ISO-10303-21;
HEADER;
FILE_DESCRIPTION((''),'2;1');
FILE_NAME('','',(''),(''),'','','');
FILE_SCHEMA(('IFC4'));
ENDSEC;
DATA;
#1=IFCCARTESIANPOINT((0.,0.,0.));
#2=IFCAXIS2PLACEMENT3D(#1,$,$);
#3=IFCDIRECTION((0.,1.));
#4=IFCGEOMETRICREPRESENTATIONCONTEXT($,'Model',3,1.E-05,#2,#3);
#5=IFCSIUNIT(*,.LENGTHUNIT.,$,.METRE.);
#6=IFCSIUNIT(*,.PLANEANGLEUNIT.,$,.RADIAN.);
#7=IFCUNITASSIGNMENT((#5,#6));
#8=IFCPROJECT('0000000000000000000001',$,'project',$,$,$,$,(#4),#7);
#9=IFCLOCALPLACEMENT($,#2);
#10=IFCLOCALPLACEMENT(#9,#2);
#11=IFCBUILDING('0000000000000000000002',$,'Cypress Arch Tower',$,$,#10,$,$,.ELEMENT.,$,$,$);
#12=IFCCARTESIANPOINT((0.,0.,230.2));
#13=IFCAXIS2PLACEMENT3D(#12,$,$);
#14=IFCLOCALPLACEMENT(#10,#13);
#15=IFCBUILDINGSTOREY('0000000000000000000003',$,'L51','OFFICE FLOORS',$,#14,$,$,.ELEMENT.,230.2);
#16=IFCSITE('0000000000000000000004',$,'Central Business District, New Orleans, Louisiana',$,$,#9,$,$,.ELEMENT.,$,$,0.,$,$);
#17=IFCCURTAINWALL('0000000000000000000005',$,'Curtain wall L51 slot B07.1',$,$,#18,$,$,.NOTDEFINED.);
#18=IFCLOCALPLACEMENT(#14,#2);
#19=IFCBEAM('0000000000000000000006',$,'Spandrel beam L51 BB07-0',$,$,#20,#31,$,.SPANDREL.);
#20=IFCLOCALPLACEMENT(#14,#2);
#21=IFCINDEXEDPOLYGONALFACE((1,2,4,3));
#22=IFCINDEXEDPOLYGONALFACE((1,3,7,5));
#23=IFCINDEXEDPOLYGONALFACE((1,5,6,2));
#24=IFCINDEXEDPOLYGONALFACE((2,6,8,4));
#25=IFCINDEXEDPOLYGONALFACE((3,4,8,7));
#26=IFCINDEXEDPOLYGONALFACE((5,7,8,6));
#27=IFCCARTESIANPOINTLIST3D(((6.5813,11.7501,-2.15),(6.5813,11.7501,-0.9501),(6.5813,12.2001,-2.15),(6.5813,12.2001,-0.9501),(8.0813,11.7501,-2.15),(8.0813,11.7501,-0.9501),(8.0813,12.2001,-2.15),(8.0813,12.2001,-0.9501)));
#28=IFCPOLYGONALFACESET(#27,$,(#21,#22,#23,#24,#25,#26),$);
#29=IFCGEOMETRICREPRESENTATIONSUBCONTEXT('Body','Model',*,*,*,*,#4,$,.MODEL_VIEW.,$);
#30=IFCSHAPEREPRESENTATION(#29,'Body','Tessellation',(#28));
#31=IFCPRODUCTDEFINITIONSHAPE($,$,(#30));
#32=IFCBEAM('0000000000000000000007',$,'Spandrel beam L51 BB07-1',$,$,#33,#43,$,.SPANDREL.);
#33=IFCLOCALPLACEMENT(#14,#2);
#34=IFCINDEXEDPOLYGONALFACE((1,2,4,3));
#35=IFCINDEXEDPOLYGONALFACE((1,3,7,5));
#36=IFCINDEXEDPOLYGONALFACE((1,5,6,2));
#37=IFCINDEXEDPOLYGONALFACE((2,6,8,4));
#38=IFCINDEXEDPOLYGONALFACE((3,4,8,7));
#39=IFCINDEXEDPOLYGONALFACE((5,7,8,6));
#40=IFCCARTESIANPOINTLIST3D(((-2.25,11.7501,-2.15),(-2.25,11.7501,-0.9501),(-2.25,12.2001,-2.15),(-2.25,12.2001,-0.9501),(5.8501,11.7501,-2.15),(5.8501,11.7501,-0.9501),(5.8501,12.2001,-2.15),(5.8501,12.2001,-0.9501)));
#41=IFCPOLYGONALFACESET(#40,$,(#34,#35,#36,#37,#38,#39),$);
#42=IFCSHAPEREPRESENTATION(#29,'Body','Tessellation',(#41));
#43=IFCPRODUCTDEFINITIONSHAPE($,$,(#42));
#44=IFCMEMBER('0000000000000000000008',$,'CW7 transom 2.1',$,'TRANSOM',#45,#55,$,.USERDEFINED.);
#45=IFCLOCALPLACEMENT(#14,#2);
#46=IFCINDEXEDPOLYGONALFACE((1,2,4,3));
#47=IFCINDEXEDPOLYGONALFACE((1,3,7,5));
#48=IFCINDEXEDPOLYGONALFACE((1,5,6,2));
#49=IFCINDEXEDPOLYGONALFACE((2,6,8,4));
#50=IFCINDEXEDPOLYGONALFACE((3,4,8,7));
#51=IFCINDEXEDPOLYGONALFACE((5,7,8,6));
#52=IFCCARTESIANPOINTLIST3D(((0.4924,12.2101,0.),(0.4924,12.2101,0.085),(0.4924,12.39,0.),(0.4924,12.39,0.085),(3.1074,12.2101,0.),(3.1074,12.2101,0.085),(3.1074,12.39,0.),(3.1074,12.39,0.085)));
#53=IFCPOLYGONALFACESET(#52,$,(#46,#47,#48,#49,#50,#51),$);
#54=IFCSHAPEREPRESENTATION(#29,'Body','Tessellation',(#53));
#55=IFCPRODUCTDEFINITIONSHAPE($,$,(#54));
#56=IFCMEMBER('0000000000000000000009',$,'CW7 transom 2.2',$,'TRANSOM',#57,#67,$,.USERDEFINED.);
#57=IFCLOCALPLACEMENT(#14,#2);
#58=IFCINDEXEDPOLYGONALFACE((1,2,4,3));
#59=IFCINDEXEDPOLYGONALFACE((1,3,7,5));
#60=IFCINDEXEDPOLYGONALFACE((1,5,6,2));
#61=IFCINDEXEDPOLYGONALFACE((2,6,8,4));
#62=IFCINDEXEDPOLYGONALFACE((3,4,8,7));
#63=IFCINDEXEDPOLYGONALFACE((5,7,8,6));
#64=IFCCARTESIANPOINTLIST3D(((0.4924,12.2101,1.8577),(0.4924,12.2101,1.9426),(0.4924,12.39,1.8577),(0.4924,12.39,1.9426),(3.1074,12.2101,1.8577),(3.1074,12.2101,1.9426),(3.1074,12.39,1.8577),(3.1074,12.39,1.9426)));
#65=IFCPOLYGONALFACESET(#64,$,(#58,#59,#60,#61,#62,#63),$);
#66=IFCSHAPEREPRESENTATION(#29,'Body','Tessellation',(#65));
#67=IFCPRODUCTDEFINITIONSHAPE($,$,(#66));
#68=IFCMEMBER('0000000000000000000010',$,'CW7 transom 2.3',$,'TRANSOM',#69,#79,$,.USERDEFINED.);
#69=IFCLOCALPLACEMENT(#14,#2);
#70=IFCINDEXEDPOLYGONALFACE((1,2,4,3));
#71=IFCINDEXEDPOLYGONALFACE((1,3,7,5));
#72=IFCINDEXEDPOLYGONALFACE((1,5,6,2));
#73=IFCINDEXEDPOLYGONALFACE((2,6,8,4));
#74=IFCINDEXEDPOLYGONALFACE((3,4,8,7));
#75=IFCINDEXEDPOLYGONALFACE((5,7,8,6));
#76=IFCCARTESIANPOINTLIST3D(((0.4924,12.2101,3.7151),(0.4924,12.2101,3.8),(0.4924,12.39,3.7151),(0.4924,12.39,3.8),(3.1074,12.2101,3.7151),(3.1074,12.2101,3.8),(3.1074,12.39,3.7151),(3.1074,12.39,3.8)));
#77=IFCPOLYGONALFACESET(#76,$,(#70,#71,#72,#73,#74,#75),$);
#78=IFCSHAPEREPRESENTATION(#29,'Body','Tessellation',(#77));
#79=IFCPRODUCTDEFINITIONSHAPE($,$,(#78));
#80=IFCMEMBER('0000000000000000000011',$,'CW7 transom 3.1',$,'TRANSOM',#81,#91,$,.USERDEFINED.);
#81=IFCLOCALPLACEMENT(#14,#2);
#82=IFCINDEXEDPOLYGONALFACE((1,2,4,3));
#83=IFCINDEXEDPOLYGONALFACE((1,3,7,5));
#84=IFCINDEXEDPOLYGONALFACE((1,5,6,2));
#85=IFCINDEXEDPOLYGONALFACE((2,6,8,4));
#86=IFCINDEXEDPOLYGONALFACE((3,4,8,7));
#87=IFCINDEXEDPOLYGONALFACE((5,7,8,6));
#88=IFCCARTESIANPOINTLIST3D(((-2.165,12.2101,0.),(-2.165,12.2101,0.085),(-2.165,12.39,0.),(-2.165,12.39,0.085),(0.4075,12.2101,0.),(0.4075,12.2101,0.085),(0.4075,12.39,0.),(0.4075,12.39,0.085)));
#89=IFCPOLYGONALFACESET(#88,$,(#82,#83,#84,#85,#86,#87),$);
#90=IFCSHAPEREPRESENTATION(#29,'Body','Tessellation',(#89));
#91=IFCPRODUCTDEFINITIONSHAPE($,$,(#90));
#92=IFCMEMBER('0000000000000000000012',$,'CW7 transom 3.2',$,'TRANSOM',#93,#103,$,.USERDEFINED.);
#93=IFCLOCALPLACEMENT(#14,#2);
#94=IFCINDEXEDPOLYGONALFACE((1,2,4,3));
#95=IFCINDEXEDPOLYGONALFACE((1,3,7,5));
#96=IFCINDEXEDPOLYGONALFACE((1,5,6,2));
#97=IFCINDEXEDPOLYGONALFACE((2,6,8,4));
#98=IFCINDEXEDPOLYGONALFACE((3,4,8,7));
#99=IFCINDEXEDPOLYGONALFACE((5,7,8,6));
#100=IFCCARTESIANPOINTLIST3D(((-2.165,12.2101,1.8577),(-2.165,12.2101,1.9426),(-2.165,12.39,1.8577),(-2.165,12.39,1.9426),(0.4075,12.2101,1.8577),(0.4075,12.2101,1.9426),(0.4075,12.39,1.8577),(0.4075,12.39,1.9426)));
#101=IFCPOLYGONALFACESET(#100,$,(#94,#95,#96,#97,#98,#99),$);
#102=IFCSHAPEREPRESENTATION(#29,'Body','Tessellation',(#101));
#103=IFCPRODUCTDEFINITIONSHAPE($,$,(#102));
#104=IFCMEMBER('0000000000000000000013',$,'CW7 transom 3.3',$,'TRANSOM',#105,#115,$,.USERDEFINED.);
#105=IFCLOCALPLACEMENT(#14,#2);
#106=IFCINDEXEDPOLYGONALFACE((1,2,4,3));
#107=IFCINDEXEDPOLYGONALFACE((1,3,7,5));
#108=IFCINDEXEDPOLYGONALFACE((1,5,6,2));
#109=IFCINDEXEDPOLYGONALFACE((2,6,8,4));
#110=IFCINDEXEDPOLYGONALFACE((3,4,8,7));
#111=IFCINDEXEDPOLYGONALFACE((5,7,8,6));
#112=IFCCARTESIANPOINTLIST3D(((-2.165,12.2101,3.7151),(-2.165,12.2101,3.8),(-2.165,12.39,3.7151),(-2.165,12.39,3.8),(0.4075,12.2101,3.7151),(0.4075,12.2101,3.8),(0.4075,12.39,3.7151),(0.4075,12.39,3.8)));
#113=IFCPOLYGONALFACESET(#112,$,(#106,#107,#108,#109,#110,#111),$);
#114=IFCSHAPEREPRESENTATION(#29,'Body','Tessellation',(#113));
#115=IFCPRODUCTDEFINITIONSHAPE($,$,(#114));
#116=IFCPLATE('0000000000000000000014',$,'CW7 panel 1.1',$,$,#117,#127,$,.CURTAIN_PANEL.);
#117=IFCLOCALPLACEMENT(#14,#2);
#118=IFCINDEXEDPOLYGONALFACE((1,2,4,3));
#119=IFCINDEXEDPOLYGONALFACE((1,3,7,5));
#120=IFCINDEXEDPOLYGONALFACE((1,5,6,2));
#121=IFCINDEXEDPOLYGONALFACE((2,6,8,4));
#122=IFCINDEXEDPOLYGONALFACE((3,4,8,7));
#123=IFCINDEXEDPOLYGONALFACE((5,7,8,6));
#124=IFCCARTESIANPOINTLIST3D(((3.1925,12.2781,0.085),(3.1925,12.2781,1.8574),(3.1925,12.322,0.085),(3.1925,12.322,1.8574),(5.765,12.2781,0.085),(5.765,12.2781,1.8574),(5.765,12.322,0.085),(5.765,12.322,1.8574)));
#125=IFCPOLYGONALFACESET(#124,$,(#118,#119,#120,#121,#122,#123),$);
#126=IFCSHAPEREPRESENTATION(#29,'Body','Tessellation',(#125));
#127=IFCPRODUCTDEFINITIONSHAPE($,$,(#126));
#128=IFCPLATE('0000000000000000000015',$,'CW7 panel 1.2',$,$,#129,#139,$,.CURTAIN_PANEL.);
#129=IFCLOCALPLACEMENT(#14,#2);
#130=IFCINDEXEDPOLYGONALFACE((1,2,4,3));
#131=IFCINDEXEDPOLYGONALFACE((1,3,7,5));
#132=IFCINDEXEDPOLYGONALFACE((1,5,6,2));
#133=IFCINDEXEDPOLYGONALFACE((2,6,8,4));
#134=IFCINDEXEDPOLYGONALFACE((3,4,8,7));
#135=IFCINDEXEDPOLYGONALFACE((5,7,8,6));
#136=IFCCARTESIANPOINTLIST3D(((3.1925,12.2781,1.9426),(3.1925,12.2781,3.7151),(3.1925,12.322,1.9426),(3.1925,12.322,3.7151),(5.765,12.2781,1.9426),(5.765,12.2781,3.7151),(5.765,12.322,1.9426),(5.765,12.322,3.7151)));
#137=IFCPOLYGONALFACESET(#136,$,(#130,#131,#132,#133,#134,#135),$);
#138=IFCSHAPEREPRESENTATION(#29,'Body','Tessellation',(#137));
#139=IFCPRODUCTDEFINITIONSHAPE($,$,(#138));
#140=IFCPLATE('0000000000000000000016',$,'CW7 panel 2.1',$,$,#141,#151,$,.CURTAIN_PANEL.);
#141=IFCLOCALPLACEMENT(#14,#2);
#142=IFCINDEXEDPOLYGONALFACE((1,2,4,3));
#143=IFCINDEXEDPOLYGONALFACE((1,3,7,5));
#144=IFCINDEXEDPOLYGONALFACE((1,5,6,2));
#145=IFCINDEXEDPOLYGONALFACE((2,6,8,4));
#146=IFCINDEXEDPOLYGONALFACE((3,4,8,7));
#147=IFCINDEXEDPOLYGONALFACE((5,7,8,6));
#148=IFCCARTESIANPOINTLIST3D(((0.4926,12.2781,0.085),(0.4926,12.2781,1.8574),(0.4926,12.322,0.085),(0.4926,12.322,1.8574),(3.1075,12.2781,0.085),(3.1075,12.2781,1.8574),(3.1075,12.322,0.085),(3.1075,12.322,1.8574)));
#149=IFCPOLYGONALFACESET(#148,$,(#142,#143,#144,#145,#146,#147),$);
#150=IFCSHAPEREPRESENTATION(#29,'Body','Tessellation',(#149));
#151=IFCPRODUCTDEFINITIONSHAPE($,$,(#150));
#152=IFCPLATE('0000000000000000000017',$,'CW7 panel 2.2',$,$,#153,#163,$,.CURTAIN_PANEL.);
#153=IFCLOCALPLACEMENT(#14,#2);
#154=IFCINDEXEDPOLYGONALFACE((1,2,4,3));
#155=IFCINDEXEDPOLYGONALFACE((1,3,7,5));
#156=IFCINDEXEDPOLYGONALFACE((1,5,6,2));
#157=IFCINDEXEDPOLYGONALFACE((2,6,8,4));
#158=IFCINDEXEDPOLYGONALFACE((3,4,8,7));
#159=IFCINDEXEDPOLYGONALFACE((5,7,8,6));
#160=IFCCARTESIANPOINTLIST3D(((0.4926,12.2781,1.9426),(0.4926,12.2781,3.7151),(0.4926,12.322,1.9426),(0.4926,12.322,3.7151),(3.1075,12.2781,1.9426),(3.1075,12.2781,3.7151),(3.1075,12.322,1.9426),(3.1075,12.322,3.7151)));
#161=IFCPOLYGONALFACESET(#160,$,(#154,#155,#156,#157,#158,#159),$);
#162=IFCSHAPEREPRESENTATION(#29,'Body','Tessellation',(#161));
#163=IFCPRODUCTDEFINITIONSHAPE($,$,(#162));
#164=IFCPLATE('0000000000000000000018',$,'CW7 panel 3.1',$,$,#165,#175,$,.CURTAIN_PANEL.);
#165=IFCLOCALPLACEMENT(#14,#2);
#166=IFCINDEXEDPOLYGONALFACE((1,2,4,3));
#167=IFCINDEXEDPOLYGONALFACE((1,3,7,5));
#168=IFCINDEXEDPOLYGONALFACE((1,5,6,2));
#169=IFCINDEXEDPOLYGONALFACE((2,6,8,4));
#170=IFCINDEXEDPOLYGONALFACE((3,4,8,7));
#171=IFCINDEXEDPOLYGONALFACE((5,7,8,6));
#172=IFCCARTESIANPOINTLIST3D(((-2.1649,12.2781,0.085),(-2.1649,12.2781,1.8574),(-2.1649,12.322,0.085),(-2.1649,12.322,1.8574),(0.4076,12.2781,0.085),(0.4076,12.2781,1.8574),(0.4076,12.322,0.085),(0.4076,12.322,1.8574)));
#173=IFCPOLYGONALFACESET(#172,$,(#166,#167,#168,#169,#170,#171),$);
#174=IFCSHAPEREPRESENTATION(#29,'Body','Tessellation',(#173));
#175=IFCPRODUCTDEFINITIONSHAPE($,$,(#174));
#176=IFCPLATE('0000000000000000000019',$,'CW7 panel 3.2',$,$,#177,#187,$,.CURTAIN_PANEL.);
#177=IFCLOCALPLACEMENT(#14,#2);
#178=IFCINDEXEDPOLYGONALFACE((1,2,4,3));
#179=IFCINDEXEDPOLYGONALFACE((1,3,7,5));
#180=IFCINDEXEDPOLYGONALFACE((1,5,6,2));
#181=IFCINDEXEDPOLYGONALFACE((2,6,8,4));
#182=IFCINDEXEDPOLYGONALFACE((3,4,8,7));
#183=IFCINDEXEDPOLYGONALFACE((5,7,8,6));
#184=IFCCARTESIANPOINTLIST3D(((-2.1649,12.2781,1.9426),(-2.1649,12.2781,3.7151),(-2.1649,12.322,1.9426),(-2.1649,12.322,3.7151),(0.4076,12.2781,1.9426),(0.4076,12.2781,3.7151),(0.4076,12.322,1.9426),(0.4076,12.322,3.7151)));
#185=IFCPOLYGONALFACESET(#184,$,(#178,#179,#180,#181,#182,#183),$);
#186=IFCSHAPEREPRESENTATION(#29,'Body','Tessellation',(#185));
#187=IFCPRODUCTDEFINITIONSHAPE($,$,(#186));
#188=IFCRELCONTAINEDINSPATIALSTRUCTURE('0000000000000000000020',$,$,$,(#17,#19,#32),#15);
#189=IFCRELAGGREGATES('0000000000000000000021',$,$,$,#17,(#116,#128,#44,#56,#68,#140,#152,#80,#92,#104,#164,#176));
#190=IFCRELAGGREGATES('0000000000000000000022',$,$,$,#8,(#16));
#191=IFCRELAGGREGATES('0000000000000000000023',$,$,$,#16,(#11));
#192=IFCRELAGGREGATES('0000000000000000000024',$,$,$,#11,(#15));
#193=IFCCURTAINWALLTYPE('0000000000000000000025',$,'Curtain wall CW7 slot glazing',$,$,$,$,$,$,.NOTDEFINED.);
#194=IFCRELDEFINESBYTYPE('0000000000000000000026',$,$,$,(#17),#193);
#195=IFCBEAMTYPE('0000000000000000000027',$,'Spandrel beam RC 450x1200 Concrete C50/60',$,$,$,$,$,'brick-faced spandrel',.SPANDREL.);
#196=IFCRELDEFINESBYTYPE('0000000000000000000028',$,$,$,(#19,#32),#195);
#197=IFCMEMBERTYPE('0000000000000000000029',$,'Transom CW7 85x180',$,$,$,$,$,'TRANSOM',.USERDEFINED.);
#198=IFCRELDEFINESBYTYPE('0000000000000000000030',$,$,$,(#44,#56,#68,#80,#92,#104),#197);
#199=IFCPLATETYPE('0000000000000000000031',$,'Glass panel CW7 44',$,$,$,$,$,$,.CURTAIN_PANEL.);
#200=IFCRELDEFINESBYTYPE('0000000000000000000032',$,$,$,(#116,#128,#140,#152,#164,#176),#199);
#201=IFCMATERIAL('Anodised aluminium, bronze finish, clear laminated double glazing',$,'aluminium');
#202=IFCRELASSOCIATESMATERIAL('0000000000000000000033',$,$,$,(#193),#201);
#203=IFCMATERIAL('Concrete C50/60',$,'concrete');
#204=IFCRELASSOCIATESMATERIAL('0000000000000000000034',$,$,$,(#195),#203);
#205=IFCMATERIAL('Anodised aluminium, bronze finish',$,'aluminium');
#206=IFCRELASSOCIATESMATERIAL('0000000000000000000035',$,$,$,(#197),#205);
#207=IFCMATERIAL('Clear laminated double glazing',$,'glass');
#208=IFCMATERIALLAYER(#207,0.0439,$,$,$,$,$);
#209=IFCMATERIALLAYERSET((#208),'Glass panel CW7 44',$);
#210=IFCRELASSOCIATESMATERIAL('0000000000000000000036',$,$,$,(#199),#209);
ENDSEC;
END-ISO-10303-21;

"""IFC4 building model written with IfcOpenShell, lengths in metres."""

from ifc_helpers import new_model, si_unit, direction, frame, origin, origin_2d, place, context, subcontext, project, spatial, rectangle, extrude, material, layer, layer_set, material_profile, profile_set, type_object, element, aggregate, save


model = new_model("IFC4")

# Units and contexts
model_context = context("Model", 3, precision=1e-05, world=origin(), true_north=direction((0.0, 1.0)))
body_context = subcontext(model_context, "Body", "Model", "MODEL_VIEW")
ifc_project = project(units=[si_unit("LENGTHUNIT", "METRE"), si_unit("PLANEANGLEUNIT", "RADIAN")], contexts=[model_context])

# Site, building, storey
site_placement = place(None, origin())
site = spatial("IfcSite", under=ifc_project, at=site_placement, Name="Central Business District, New Orleans, Louisiana", CompositionType="ELEMENT", RefElevation=0.0)
building_placement = place(site_placement, origin())
building = spatial("IfcBuilding", under=site, at=building_placement, Name="Cypress Arch Tower", CompositionType="ELEMENT")
storey_placement = place(building_placement, frame((0.0, 0.0, 230.2)))
storey = spatial("IfcBuildingStorey", under=building, at=storey_placement, Name="L51", Description="OFFICE FLOORS", CompositionType="ELEMENT", Elevation=230.2)

# Curtain wall
ifc_material_1 = material(Name="Anodised aluminium, bronze finish, clear laminated double glazing", Category="aluminium")
curtain_wall_type = type_object("IfcCurtainWallType", Name="Curtain wall CW7 slot glazing", PredefinedType="NOTDEFINED", material=ifc_material_1)
curtain_wall_placement = place(storey_placement, origin())
curtain_wall = element("IfcCurtainWall", 1, at=curtain_wall_placement, inside=storey, type_object=curtain_wall_type, Name="Curtain wall L51 slot B07.1", PredefinedType="NOTDEFINED")

# Beams
ifc_material_2 = material(Name="Concrete C50/60", Category="concrete")
ifc_material_profile_1 = material_profile(ifc_material_2, rectangle(XDim=0.45, YDim=1.2, at=origin_2d()), Name="RC 450x1200")
ifc_profile_set_1 = profile_set([ifc_material_profile_1], Name="Concrete C50/60")
beam_type_1 = type_object("IfcBeamType", Name="Spandrel beam RC 450x1200 Concrete C50/60", ElementType="brick-faced spandrel", PredefinedType="SPANDREL", material=ifc_profile_set_1)
beam_1_placement = place(storey_placement, frame((8.0813, 11.9751, -1.55), z_axis=(-1.0, 0.0, 0.0), x_axis=(0.0, -1.0, 0.0)))
element("IfcBeam", 2, at=beam_1_placement, inside=storey, type_object=beam_type_1, Name="Spandrel beam L51 BB07-0", PredefinedType="SPANDREL", context=body_context, shape_type="SweptSolid", body=[
    extrude(rectangle(XDim=0.45, YDim=1.2, at=origin_2d()), origin(), (0.0, 0.0, 1.0), 1.5),
])
beam_2_placement = place(storey_placement, frame((5.8501, 11.9751, -1.55), z_axis=(-1.0, 0.0, 0.0), x_axis=(0.0, -1.0, 0.0)))
element("IfcBeam", 3, at=beam_2_placement, inside=storey, type_object=beam_type_1, Name="Spandrel beam L51 BB07-1", PredefinedType="SPANDREL", context=body_context, shape_type="SweptSolid", body=[
    extrude(rectangle(XDim=0.45, YDim=1.2, at=origin_2d()), origin(), (0.0, 0.0, 1.0), 8.1001),
])

# Members
ifc_material_3 = material(Name="Anodised aluminium, bronze finish", Category="aluminium")
ifc_material_profile_2 = material_profile(ifc_material_3, rectangle(XDim=0.1799, YDim=0.085, at=origin_2d()), Name="Transom 85x180")
ifc_profile_set_2 = profile_set([ifc_material_profile_2], Name="Anodised aluminium, bronze finish")
member_type_1 = type_object("IfcMemberType", Name="Transom CW7 85x180", ElementType="TRANSOM", PredefinedType="USERDEFINED", material=ifc_profile_set_2)
member_1_placement = place(storey_placement, frame((3.1074, 12.3, 0.0425), z_axis=(-1.0, 0.0, 0.0), x_axis=(0.0, -1.0, 0.0)))
member_1 = element("IfcMember", 4, at=member_1_placement, type_object=member_type_1, Name="CW7 transom 2.1", ObjectType="TRANSOM", PredefinedType="USERDEFINED", context=body_context, shape_type="SweptSolid", body=[
    extrude(rectangle(XDim=0.1799, YDim=0.085, at=origin_2d()), origin(), (0.0, 0.0, 1.0), 2.615),
])
member_2_placement = place(storey_placement, frame((3.1074, 12.3, 1.9001), z_axis=(-1.0, 0.0, 0.0), x_axis=(0.0, -1.0, 0.0)))
member_2 = element("IfcMember", 5, at=member_2_placement, type_object=member_type_1, Name="CW7 transom 2.2", ObjectType="TRANSOM", PredefinedType="USERDEFINED", context=body_context, shape_type="SweptSolid", body=[
    extrude(rectangle(XDim=0.1799, YDim=0.085, at=origin_2d()), origin(), (0.0, 0.0, 1.0), 2.615),
])
member_3_placement = place(storey_placement, frame((3.1074, 12.3, 3.7576), z_axis=(-1.0, 0.0, 0.0), x_axis=(0.0, -1.0, 0.0)))
member_3 = element("IfcMember", 6, at=member_3_placement, type_object=member_type_1, Name="CW7 transom 2.3", ObjectType="TRANSOM", PredefinedType="USERDEFINED", context=body_context, shape_type="SweptSolid", body=[
    extrude(rectangle(XDim=0.1799, YDim=0.085, at=origin_2d()), origin(), (0.0, 0.0, 1.0), 2.615),
])
member_4_placement = place(storey_placement, frame((0.4075, 12.3, 0.0425), z_axis=(-1.0, 0.0, 0.0), x_axis=(0.0, -1.0, 0.0)))
member_4 = element("IfcMember", 7, at=member_4_placement, type_object=member_type_1, Name="CW7 transom 3.1", ObjectType="TRANSOM", PredefinedType="USERDEFINED", context=body_context, shape_type="SweptSolid", body=[
    extrude(rectangle(XDim=0.1799, YDim=0.085, at=origin_2d()), origin(), (0.0, 0.0, 1.0), 2.5725),
])
member_5_placement = place(storey_placement, frame((0.4075, 12.3, 1.9001), z_axis=(-1.0, 0.0, 0.0), x_axis=(0.0, -1.0, 0.0)))
member_5 = element("IfcMember", 8, at=member_5_placement, type_object=member_type_1, Name="CW7 transom 3.2", ObjectType="TRANSOM", PredefinedType="USERDEFINED", context=body_context, shape_type="SweptSolid", body=[
    extrude(rectangle(XDim=0.1799, YDim=0.085, at=origin_2d()), origin(), (0.0, 0.0, 1.0), 2.5725),
])
member_6_placement = place(storey_placement, frame((0.4075, 12.3, 3.7576), z_axis=(-1.0, 0.0, 0.0), x_axis=(0.0, -1.0, 0.0)))
member_6 = element("IfcMember", 9, at=member_6_placement, type_object=member_type_1, Name="CW7 transom 3.3", ObjectType="TRANSOM", PredefinedType="USERDEFINED", context=body_context, shape_type="SweptSolid", body=[
    extrude(rectangle(XDim=0.1799, YDim=0.085, at=origin_2d()), origin(), (0.0, 0.0, 1.0), 2.5725),
])

# Plates
ifc_material_4 = material(Name="Clear laminated double glazing", Category="glass")
ifc_layer = layer(ifc_material_4, 0.0439)
ifc_layer_set = layer_set([ifc_layer], Name="Glass panel CW7 44")
plate_type = type_object("IfcPlateType", Name="Glass panel CW7 44", PredefinedType="CURTAIN_PANEL", material=ifc_layer_set)
plate_1_placement = place(storey_placement, frame((4.4788, 12.3, 0.085), z_axis=(0.0, 0.0, 1.0), x_axis=(-1.0, 0.0, 0.0)))
plate_1 = element("IfcPlate", 10, at=plate_1_placement, type_object=plate_type, Name="CW7 panel 1.1", PredefinedType="CURTAIN_PANEL", context=body_context, shape_type="SweptSolid", body=[
    extrude(rectangle(XDim=2.5725, YDim=0.0439, at=origin_2d()), origin(), (0.0, 0.0, 1.0), 1.7725),
])
plate_2_placement = place(storey_placement, frame((4.4788, 12.3, 1.9426), z_axis=(0.0, 0.0, 1.0), x_axis=(-1.0, 0.0, 0.0)))
plate_2 = element("IfcPlate", 11, at=plate_2_placement, type_object=plate_type, Name="CW7 panel 1.2", PredefinedType="CURTAIN_PANEL", context=body_context, shape_type="SweptSolid", body=[
    extrude(rectangle(XDim=2.5725, YDim=0.0439, at=origin_2d()), origin(), (0.0, 0.0, 1.0), 1.7725),
])
plate_3_placement = place(storey_placement, frame((1.8, 12.3, 0.085), z_axis=(0.0, 0.0, 1.0), x_axis=(-1.0, 0.0, 0.0)))
plate_3 = element("IfcPlate", 12, at=plate_3_placement, type_object=plate_type, Name="CW7 panel 2.1", PredefinedType="CURTAIN_PANEL", context=body_context, shape_type="SweptSolid", body=[
    extrude(rectangle(XDim=2.615, YDim=0.0439, at=origin_2d()), origin(), (0.0, 0.0, 1.0), 1.7725),
])
plate_4_placement = place(storey_placement, frame((1.8, 12.3, 1.9426), z_axis=(0.0, 0.0, 1.0), x_axis=(-1.0, 0.0, 0.0)))
plate_4 = element("IfcPlate", 13, at=plate_4_placement, type_object=plate_type, Name="CW7 panel 2.2", PredefinedType="CURTAIN_PANEL", context=body_context, shape_type="SweptSolid", body=[
    extrude(rectangle(XDim=2.615, YDim=0.0439, at=origin_2d()), origin(), (0.0, 0.0, 1.0), 1.7725),
])
plate_5_placement = place(storey_placement, frame((-0.8787, 12.3, 0.085), z_axis=(0.0, 0.0, 1.0), x_axis=(-1.0, 0.0, 0.0)))
plate_5 = element("IfcPlate", 14, at=plate_5_placement, type_object=plate_type, Name="CW7 panel 3.1", PredefinedType="CURTAIN_PANEL", context=body_context, shape_type="SweptSolid", body=[
    extrude(rectangle(XDim=2.5725, YDim=0.0439, at=origin_2d()), origin(), (0.0, 0.0, 1.0), 1.7725),
])
plate_6_placement = place(storey_placement, frame((-0.8787, 12.3, 1.9426), z_axis=(0.0, 0.0, 1.0), x_axis=(-1.0, 0.0, 0.0)))
plate_6 = element("IfcPlate", 15, at=plate_6_placement, type_object=plate_type, Name="CW7 panel 3.2", PredefinedType="CURTAIN_PANEL", context=body_context, shape_type="SweptSolid", body=[
    extrude(rectangle(XDim=2.5725, YDim=0.0439, at=origin_2d()), origin(), (0.0, 0.0, 1.0), 1.7725),
])
aggregate(curtain_wall, [plate_1, plate_2, member_1, member_2, member_3, plate_3, plate_4, member_4, member_5, member_6, plate_5, plate_6])

save(model, "model.ifc")
